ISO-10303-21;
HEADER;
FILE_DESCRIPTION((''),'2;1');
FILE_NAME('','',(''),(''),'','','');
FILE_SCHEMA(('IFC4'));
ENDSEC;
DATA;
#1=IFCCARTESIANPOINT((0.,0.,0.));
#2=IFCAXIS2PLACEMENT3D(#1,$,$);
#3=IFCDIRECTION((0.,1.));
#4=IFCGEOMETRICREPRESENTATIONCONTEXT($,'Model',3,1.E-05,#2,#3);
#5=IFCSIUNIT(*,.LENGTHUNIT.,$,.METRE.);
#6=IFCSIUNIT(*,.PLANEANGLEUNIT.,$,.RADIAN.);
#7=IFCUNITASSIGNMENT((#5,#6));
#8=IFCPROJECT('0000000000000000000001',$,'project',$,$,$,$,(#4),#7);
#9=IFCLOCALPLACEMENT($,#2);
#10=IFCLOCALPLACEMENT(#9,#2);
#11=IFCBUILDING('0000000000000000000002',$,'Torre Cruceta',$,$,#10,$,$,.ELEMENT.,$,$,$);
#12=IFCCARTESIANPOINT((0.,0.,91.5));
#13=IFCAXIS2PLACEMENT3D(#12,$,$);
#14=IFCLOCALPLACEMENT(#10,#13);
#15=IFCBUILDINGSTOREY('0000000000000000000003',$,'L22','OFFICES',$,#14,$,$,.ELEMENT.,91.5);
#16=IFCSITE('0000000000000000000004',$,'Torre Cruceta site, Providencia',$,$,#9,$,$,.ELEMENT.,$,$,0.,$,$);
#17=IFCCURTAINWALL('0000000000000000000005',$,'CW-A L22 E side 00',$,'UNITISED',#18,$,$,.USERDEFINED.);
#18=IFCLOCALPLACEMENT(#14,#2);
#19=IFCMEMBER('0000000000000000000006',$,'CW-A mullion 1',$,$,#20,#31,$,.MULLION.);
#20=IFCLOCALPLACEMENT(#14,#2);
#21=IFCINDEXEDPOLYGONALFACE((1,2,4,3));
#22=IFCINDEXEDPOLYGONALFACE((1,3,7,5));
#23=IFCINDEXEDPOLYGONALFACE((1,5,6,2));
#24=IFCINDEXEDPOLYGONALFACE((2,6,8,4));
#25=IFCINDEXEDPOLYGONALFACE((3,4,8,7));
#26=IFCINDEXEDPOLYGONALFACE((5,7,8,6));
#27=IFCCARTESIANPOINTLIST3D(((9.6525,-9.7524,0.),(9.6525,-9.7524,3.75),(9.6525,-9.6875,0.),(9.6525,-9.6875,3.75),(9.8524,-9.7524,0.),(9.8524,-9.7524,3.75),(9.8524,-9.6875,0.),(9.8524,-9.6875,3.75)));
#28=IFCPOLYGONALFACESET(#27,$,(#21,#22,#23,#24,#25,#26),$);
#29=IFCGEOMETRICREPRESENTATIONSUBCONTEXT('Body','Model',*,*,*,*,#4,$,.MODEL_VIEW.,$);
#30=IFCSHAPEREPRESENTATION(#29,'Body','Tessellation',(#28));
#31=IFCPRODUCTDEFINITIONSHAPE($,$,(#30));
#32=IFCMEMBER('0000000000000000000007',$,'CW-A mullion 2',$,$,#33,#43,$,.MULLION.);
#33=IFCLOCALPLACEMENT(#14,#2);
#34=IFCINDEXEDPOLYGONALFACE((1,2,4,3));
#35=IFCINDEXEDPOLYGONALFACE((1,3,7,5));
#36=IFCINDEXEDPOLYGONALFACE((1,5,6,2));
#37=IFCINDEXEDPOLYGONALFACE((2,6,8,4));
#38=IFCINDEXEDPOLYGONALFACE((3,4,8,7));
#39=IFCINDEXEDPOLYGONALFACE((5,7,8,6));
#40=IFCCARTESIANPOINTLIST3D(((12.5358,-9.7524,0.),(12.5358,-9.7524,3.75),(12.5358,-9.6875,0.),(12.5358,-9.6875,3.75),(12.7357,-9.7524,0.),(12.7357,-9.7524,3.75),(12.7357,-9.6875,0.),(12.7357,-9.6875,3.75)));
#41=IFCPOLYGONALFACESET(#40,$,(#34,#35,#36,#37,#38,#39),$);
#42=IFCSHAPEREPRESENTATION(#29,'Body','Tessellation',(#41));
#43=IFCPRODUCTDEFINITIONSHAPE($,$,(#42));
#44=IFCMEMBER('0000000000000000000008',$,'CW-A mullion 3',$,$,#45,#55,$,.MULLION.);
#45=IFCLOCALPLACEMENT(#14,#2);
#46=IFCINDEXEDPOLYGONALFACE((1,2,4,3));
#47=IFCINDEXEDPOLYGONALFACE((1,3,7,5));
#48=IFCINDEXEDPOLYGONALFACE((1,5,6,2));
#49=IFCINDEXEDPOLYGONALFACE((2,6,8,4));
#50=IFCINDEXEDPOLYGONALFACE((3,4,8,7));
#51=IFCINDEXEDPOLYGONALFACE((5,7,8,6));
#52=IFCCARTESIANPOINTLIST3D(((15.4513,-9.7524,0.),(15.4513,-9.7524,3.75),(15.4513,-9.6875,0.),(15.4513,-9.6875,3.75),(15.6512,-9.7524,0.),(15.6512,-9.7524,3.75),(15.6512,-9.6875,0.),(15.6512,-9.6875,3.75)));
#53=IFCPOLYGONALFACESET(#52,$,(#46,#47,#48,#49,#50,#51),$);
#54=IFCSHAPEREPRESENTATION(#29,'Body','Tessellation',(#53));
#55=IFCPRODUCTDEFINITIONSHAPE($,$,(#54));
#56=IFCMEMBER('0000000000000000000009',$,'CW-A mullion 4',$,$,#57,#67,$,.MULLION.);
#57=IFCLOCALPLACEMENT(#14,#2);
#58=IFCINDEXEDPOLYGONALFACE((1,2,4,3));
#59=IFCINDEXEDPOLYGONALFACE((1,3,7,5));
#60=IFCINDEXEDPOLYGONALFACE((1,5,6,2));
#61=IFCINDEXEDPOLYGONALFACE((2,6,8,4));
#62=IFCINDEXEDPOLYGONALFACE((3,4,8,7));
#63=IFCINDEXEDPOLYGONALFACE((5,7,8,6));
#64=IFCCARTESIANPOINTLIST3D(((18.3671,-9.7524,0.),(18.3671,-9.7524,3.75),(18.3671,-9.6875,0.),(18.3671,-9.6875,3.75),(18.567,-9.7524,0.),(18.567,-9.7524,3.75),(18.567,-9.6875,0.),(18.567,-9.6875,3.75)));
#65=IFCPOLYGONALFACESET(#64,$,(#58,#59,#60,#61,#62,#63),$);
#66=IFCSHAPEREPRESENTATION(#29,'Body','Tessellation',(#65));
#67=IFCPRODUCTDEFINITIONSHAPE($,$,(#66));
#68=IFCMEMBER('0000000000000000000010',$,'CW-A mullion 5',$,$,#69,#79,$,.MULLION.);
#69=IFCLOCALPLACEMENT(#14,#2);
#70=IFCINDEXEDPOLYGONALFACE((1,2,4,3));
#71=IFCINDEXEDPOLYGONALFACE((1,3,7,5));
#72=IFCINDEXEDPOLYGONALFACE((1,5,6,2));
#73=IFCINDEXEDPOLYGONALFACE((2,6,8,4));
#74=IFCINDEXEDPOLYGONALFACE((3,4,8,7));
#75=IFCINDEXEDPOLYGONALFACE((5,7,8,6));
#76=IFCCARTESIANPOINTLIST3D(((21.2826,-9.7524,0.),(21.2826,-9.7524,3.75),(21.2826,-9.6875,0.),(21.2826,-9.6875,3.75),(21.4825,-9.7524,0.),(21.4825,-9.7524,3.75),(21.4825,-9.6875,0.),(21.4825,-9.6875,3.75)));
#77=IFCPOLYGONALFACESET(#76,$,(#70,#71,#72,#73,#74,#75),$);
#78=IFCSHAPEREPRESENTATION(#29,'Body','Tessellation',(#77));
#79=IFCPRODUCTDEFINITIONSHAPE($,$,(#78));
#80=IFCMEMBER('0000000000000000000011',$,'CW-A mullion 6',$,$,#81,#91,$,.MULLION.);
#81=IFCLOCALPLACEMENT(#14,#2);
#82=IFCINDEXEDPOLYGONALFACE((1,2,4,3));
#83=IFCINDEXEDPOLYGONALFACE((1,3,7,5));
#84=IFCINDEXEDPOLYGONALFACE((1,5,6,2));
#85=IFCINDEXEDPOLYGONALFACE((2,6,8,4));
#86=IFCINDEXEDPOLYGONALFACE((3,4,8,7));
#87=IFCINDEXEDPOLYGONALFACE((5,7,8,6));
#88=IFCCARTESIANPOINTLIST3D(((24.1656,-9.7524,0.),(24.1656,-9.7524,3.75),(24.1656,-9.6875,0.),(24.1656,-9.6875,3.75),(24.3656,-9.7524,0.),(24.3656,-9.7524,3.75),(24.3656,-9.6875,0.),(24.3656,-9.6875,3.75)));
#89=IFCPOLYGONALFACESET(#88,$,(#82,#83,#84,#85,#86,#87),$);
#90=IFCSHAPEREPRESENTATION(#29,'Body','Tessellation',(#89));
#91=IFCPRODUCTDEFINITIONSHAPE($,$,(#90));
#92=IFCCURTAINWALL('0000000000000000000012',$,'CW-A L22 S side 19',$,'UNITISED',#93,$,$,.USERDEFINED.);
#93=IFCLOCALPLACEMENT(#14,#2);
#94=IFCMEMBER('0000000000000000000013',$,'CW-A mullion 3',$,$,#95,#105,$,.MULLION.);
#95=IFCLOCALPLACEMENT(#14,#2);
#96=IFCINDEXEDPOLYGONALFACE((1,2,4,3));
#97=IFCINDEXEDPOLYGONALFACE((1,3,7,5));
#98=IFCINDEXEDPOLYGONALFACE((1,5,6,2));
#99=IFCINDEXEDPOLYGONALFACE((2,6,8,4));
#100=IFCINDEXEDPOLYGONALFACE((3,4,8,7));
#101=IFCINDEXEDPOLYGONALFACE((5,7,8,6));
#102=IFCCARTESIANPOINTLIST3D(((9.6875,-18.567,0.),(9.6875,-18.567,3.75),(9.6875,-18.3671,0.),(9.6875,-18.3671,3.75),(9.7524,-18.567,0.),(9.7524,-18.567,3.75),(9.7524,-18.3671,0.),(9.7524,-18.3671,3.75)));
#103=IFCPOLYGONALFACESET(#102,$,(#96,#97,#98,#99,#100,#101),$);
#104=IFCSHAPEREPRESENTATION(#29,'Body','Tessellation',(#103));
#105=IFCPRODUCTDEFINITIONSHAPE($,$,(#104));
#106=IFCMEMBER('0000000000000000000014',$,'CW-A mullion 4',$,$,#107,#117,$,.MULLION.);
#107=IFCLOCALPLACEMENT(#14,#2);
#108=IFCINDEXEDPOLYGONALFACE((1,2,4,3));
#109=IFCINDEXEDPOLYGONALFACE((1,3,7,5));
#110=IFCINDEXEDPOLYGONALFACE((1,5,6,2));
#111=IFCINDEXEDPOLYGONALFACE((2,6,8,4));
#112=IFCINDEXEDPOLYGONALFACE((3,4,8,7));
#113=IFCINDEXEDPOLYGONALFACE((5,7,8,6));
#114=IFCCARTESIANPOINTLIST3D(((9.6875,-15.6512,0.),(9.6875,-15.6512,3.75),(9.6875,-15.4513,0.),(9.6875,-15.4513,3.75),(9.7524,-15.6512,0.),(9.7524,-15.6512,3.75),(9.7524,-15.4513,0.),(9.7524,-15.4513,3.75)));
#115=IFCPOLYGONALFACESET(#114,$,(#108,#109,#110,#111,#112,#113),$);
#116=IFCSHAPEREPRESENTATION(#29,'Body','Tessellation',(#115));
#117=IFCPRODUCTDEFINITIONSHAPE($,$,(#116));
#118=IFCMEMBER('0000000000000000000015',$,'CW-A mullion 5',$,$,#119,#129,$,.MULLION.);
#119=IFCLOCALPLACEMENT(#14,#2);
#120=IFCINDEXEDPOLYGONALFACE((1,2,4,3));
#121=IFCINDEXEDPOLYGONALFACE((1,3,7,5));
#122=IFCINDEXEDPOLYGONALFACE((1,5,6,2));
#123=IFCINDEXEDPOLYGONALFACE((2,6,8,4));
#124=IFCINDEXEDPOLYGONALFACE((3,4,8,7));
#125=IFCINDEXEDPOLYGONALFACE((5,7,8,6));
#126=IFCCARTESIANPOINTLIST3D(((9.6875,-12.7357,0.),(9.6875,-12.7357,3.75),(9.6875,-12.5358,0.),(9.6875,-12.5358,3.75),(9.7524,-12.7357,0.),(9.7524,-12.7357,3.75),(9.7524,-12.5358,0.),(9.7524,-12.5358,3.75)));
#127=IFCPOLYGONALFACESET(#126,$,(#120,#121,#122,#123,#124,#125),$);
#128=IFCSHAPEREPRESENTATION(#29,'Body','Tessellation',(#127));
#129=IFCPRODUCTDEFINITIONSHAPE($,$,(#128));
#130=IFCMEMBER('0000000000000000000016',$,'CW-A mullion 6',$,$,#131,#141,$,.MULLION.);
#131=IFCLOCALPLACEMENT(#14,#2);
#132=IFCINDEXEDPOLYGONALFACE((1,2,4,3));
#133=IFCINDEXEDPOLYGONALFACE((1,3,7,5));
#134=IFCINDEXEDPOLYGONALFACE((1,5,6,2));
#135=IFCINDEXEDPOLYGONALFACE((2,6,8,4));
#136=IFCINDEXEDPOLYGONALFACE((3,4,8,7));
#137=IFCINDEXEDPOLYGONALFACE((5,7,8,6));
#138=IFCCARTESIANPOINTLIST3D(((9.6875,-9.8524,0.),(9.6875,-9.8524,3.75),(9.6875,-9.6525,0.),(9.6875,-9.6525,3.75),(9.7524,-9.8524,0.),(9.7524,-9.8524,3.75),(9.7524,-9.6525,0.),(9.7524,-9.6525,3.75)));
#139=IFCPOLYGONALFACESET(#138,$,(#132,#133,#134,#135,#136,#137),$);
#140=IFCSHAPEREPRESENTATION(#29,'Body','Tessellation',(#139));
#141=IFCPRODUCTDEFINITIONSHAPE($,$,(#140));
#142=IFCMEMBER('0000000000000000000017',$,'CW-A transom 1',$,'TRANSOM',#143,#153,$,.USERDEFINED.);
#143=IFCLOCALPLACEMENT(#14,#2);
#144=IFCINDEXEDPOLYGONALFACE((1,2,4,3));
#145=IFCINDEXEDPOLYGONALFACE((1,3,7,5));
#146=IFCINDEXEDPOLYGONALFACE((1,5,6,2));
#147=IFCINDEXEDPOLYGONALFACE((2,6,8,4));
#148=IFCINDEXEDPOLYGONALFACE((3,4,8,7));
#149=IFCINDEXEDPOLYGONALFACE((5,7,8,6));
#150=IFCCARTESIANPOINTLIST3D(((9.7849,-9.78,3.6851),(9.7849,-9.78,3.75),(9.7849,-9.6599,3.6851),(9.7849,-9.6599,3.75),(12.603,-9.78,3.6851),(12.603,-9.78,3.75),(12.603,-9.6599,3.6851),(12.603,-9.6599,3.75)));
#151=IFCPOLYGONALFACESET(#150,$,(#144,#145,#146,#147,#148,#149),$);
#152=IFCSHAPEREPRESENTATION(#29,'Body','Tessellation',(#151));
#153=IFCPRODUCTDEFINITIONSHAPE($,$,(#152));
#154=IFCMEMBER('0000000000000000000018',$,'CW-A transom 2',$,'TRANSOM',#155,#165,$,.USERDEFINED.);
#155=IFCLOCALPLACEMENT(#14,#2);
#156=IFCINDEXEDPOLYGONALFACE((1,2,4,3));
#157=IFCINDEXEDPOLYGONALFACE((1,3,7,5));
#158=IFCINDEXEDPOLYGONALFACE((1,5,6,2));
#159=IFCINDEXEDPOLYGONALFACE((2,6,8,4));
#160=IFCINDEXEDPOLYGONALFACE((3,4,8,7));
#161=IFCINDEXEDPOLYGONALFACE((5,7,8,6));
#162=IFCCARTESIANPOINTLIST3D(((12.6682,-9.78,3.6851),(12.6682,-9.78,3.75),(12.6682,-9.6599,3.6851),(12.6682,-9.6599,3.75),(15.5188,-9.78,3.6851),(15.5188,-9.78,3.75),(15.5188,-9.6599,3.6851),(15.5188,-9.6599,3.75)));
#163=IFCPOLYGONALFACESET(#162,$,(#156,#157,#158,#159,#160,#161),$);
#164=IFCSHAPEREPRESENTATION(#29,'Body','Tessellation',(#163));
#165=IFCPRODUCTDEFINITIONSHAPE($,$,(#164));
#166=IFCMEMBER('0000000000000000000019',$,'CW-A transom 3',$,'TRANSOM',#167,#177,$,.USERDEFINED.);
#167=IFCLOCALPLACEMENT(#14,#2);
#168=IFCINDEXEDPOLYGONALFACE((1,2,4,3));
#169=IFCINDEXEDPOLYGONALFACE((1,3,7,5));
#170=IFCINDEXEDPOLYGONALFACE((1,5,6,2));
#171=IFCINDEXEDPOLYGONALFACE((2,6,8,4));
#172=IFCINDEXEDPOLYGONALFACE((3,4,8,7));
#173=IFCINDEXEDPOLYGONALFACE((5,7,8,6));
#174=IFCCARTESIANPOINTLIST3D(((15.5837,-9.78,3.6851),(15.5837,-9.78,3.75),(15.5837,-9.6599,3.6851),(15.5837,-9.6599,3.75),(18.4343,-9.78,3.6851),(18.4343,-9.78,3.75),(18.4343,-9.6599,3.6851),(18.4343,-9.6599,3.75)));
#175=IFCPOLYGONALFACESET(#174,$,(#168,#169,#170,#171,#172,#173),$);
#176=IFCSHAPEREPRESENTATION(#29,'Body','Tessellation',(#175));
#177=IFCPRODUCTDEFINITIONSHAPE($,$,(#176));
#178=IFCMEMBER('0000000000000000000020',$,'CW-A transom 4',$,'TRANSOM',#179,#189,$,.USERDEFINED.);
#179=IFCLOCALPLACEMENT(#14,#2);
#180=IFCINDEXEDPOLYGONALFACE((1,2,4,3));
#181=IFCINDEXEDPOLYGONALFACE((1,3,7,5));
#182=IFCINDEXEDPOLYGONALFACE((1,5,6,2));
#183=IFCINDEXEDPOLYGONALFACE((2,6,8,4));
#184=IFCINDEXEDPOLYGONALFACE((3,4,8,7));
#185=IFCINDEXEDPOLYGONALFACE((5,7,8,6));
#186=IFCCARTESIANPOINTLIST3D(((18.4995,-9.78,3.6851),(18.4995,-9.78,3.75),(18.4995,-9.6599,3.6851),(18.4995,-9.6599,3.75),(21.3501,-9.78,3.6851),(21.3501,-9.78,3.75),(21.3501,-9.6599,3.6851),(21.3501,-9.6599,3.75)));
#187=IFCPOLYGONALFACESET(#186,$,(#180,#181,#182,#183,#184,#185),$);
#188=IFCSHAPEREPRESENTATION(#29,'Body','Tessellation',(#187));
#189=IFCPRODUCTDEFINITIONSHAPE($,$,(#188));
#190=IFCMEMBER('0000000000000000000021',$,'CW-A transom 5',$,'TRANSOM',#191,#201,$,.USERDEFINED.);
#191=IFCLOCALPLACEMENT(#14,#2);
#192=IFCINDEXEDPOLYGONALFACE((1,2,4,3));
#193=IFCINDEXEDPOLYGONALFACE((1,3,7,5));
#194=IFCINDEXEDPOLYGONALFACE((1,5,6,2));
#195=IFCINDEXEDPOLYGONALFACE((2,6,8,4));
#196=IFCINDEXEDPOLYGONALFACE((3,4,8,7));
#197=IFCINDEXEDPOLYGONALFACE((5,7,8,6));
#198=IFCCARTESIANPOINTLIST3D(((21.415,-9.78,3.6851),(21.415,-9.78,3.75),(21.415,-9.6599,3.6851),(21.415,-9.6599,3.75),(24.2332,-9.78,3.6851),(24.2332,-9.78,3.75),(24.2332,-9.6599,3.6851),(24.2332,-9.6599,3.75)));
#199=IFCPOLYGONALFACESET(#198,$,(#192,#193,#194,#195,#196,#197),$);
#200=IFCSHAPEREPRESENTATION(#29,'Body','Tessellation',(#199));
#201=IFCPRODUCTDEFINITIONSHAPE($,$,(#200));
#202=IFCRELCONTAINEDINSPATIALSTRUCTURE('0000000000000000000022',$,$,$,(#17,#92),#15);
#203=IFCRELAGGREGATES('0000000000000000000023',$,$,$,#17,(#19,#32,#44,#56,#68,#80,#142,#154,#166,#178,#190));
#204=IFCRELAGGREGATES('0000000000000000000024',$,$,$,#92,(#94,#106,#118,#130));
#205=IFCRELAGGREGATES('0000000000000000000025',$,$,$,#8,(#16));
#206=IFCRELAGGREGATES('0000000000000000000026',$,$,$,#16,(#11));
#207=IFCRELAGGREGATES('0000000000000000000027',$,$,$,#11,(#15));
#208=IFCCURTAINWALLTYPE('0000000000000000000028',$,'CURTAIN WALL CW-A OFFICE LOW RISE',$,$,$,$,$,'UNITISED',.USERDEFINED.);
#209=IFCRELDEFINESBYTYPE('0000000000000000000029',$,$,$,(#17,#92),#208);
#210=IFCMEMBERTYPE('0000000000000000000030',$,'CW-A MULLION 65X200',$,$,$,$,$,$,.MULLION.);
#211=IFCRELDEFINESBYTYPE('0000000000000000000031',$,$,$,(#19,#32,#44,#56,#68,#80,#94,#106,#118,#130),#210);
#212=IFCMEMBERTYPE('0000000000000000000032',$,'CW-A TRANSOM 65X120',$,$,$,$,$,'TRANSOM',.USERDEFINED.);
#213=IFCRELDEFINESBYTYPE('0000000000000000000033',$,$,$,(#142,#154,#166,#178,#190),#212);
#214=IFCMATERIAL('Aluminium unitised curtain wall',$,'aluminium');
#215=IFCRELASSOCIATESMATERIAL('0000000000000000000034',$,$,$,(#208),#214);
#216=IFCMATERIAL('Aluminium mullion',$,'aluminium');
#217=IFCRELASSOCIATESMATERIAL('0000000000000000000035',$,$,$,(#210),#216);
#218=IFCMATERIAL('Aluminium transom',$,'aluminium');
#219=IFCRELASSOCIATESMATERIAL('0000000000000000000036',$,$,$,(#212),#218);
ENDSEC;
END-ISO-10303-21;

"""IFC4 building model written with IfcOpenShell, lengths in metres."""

from ifc_helpers import new_model, si_unit, direction, frame, origin, origin_2d, place, context, subcontext, project, spatial, rectangle, extrude, material, material_profile, profile_set, type_object, element, aggregate, save


model = new_model("IFC4")

# Units and contexts
model_context = context("Model", 3, precision=1e-05, world=origin(), true_north=direction((0.0, 1.0)))
body_context = subcontext(model_context, "Body", "Model", "MODEL_VIEW")
ifc_project = project(units=[si_unit("LENGTHUNIT", "METRE"), si_unit("PLANEANGLEUNIT", "RADIAN")], contexts=[model_context])

# Site, building, storey
site_placement = place(None, origin())
site = spatial("IfcSite", under=ifc_project, at=site_placement, Name="Torre Cruceta site, Providencia", CompositionType="ELEMENT", RefElevation=0.0)
building_placement = place(site_placement, origin())
building = spatial("IfcBuilding", under=site, at=building_placement, Name="Torre Cruceta", CompositionType="ELEMENT")
storey_placement = place(building_placement, frame((0.0, 0.0, 91.5)))
storey = spatial("IfcBuildingStorey", under=building, at=storey_placement, Name="L22", Description="OFFICES", CompositionType="ELEMENT", Elevation=91.5)

# Curtain walls, members
ifc_material_1 = material(Name="Aluminium unitised curtain wall", Category="aluminium")
curtain_wall_type = type_object("IfcCurtainWallType", Name="CURTAIN WALL CW-A OFFICE LOW RISE", ElementType="UNITISED", PredefinedType="USERDEFINED", material=ifc_material_1)
curtain_wall_1_placement = place(storey_placement, origin())
curtain_wall_1 = element("IfcCurtainWall", 1, at=curtain_wall_1_placement, inside=storey, type_object=curtain_wall_type, Name="CW-A L22 E side 00", ObjectType="UNITISED", PredefinedType="USERDEFINED")
ifc_material_2 = material(Name="Aluminium mullion", Category="aluminium")
ifc_material_profile_1 = material_profile(ifc_material_2, rectangle(XDim=0.0649, YDim=0.2, at=origin_2d()), Name="AL 65X200")
ifc_profile_set_1 = profile_set([ifc_material_profile_1], Name="Aluminium mullion")
member_type_1 = type_object("IfcMemberType", Name="CW-A MULLION 65X200", PredefinedType="MULLION", material=ifc_profile_set_1)
member_1_placement = place(storey_placement, frame((9.7524, -9.72, 0.0), z_axis=(0.0, 0.0, 1.0), x_axis=(0.0, 1.0, 0.0)))
member_1 = element("IfcMember", 2, at=member_1_placement, type_object=member_type_1, Name="CW-A mullion 1", PredefinedType="MULLION", context=body_context, shape_type="SweptSolid", body=[
    extrude(rectangle(XDim=0.0649, YDim=0.2, at=origin_2d()), origin(), (0.0, 0.0, 1.0), 3.75),
])
member_2_placement = place(storey_placement, frame((12.6357, -9.72, 0.0), z_axis=(0.0, 0.0, 1.0), x_axis=(0.0, 1.0, 0.0)))
member_2 = element("IfcMember", 3, at=member_2_placement, type_object=member_type_1, Name="CW-A mullion 2", PredefinedType="MULLION", context=body_context, shape_type="SweptSolid", body=[
    extrude(rectangle(XDim=0.0649, YDim=0.2, at=origin_2d()), origin(), (0.0, 0.0, 1.0), 3.75),
])
member_3_placement = place(storey_placement, frame((15.5513, -9.72, 0.0), z_axis=(0.0, 0.0, 1.0), x_axis=(0.0, 1.0, 0.0)))
member_3 = element("IfcMember", 4, at=member_3_placement, type_object=member_type_1, Name="CW-A mullion 3", PredefinedType="MULLION", context=body_context, shape_type="SweptSolid", body=[
    extrude(rectangle(XDim=0.0649, YDim=0.2, at=origin_2d()), origin(), (0.0, 0.0, 1.0), 3.75),
])
member_4_placement = place(storey_placement, frame((18.467, -9.72, 0.0), z_axis=(0.0, 0.0, 1.0), x_axis=(0.0, 1.0, 0.0)))
member_4 = element("IfcMember", 5, at=member_4_placement, type_object=member_type_1, Name="CW-A mullion 4", PredefinedType="MULLION", context=body_context, shape_type="SweptSolid", body=[
    extrude(rectangle(XDim=0.0649, YDim=0.2, at=origin_2d()), origin(), (0.0, 0.0, 1.0), 3.75),
])
member_5_placement = place(storey_placement, frame((21.3826, -9.72, 0.0), z_axis=(0.0, 0.0, 1.0), x_axis=(0.0, 1.0, 0.0)))
member_5 = element("IfcMember", 6, at=member_5_placement, type_object=member_type_1, Name="CW-A mullion 5", PredefinedType="MULLION", context=body_context, shape_type="SweptSolid", body=[
    extrude(rectangle(XDim=0.0649, YDim=0.2, at=origin_2d()), origin(), (0.0, 0.0, 1.0), 3.75),
])
member_6_placement = place(storey_placement, frame((24.2656, -9.72, 0.0), z_axis=(0.0, 0.0, 1.0), x_axis=(0.0, 1.0, 0.0)))
member_6 = element("IfcMember", 7, at=member_6_placement, type_object=member_type_1, Name="CW-A mullion 6", PredefinedType="MULLION", context=body_context, shape_type="SweptSolid", body=[
    extrude(rectangle(XDim=0.0649, YDim=0.2, at=origin_2d()), origin(), (0.0, 0.0, 1.0), 3.75),
])
curtain_wall_2_placement = place(storey_placement, origin())
curtain_wall_2 = element("IfcCurtainWall", 8, at=curtain_wall_2_placement, inside=storey, type_object=curtain_wall_type, Name="CW-A L22 S side 19", ObjectType="UNITISED", PredefinedType="USERDEFINED")
member_7_placement = place(storey_placement, frame((9.72, -18.467, 0.0), z_axis=(0.0, 0.0, 1.0), x_axis=(-1.0, 0.0, 0.0)))
member_7 = element("IfcMember", 9, at=member_7_placement, type_object=member_type_1, Name="CW-A mullion 3", PredefinedType="MULLION", context=body_context, shape_type="SweptSolid", body=[
    extrude(rectangle(XDim=0.0649, YDim=0.2, at=origin_2d()), origin(), (0.0, 0.0, 1.0), 3.75),
])
member_8_placement = place(storey_placement, frame((9.72, -15.5513, 0.0), z_axis=(0.0, 0.0, 1.0), x_axis=(-1.0, 0.0, 0.0)))
member_8 = element("IfcMember", 10, at=member_8_placement, type_object=member_type_1, Name="CW-A mullion 4", PredefinedType="MULLION", context=body_context, shape_type="SweptSolid", body=[
    extrude(rectangle(XDim=0.0649, YDim=0.2, at=origin_2d()), origin(), (0.0, 0.0, 1.0), 3.75),
])
member_9_placement = place(storey_placement, frame((9.72, -12.6357, 0.0), z_axis=(0.0, 0.0, 1.0), x_axis=(-1.0, 0.0, 0.0)))
member_9 = element("IfcMember", 11, at=member_9_placement, type_object=member_type_1, Name="CW-A mullion 5", PredefinedType="MULLION", context=body_context, shape_type="SweptSolid", body=[
    extrude(rectangle(XDim=0.0649, YDim=0.2, at=origin_2d()), origin(), (0.0, 0.0, 1.0), 3.75),
])
member_10_placement = place(storey_placement, frame((9.72, -9.7524, 0.0), z_axis=(0.0, 0.0, 1.0), x_axis=(-1.0, 0.0, 0.0)))
member_10 = element("IfcMember", 12, at=member_10_placement, type_object=member_type_1, Name="CW-A mullion 6", PredefinedType="MULLION", context=body_context, shape_type="SweptSolid", body=[
    extrude(rectangle(XDim=0.0649, YDim=0.2, at=origin_2d()), origin(), (0.0, 0.0, 1.0), 3.75),
])

# Members
ifc_material_3 = material(Name="Aluminium transom", Category="aluminium")
ifc_material_profile_2 = material_profile(ifc_material_3, rectangle(XDim=0.1201, YDim=0.0649, at=origin_2d()), Name="AL 120X65")
ifc_profile_set_2 = profile_set([ifc_material_profile_2], Name="Aluminium transom")
member_type_2 = type_object("IfcMemberType", Name="CW-A TRANSOM 65X120", ElementType="TRANSOM", PredefinedType="USERDEFINED", material=ifc_profile_set_2)
member_11_placement = place(storey_placement, frame((9.7849, -9.72, 3.7175), z_axis=(1.0, 0.0, 0.0), x_axis=(0.0, 1.0, 0.0)))
member_11 = element("IfcMember", 13, at=member_11_placement, type_object=member_type_2, Name="CW-A transom 1", ObjectType="TRANSOM", PredefinedType="USERDEFINED", context=body_context, shape_type="SweptSolid", body=[
    extrude(rectangle(XDim=0.1201, YDim=0.0649, at=origin_2d()), origin(), (0.0, 0.0, 1.0), 2.8181),
])
member_12_placement = place(storey_placement, frame((12.6682, -9.72, 3.7175), z_axis=(1.0, 0.0, 0.0), x_axis=(0.0, 1.0, 0.0)))
member_12 = element("IfcMember", 14, at=member_12_placement, type_object=member_type_2, Name="CW-A transom 2", ObjectType="TRANSOM", PredefinedType="USERDEFINED", context=body_context, shape_type="SweptSolid", body=[
    extrude(rectangle(XDim=0.1201, YDim=0.0649, at=origin_2d()), origin(), (0.0, 0.0, 1.0), 2.8506),
])
member_13_placement = place(storey_placement, frame((15.5837, -9.72, 3.7175), z_axis=(1.0, 0.0, 0.0), x_axis=(0.0, 1.0, 0.0)))
member_13 = element("IfcMember", 15, at=member_13_placement, type_object=member_type_2, Name="CW-A transom 3", ObjectType="TRANSOM", PredefinedType="USERDEFINED", context=body_context, shape_type="SweptSolid", body=[
    extrude(rectangle(XDim=0.1201, YDim=0.0649, at=origin_2d()), origin(), (0.0, 0.0, 1.0), 2.8506),
])
member_14_placement = place(storey_placement, frame((18.4995, -9.72, 3.7175), z_axis=(1.0, 0.0, 0.0), x_axis=(0.0, 1.0, 0.0)))
member_14 = element("IfcMember", 16, at=member_14_placement, type_object=member_type_2, Name="CW-A transom 4", ObjectType="TRANSOM", PredefinedType="USERDEFINED", context=body_context, shape_type="SweptSolid", body=[
    extrude(rectangle(XDim=0.1201, YDim=0.0649, at=origin_2d()), origin(), (0.0, 0.0, 1.0), 2.8506),
])
member_15_placement = place(storey_placement, frame((21.415, -9.72, 3.7175), z_axis=(1.0, 0.0, 0.0), x_axis=(0.0, 1.0, 0.0)))
member_15 = element("IfcMember", 17, at=member_15_placement, type_object=member_type_2, Name="CW-A transom 5", ObjectType="TRANSOM", PredefinedType="USERDEFINED", context=body_context, shape_type="SweptSolid", body=[
    extrude(rectangle(XDim=0.1201, YDim=0.0649, at=origin_2d()), origin(), (0.0, 0.0, 1.0), 2.8181),
])

aggregate(curtain_wall_1, [member_1, member_2, member_3, member_4, member_5, member_6, member_11, member_12, member_13, member_14, member_15])
aggregate(curtain_wall_2, [member_7, member_8, member_9, member_10])

save(model, "model.ifc")
